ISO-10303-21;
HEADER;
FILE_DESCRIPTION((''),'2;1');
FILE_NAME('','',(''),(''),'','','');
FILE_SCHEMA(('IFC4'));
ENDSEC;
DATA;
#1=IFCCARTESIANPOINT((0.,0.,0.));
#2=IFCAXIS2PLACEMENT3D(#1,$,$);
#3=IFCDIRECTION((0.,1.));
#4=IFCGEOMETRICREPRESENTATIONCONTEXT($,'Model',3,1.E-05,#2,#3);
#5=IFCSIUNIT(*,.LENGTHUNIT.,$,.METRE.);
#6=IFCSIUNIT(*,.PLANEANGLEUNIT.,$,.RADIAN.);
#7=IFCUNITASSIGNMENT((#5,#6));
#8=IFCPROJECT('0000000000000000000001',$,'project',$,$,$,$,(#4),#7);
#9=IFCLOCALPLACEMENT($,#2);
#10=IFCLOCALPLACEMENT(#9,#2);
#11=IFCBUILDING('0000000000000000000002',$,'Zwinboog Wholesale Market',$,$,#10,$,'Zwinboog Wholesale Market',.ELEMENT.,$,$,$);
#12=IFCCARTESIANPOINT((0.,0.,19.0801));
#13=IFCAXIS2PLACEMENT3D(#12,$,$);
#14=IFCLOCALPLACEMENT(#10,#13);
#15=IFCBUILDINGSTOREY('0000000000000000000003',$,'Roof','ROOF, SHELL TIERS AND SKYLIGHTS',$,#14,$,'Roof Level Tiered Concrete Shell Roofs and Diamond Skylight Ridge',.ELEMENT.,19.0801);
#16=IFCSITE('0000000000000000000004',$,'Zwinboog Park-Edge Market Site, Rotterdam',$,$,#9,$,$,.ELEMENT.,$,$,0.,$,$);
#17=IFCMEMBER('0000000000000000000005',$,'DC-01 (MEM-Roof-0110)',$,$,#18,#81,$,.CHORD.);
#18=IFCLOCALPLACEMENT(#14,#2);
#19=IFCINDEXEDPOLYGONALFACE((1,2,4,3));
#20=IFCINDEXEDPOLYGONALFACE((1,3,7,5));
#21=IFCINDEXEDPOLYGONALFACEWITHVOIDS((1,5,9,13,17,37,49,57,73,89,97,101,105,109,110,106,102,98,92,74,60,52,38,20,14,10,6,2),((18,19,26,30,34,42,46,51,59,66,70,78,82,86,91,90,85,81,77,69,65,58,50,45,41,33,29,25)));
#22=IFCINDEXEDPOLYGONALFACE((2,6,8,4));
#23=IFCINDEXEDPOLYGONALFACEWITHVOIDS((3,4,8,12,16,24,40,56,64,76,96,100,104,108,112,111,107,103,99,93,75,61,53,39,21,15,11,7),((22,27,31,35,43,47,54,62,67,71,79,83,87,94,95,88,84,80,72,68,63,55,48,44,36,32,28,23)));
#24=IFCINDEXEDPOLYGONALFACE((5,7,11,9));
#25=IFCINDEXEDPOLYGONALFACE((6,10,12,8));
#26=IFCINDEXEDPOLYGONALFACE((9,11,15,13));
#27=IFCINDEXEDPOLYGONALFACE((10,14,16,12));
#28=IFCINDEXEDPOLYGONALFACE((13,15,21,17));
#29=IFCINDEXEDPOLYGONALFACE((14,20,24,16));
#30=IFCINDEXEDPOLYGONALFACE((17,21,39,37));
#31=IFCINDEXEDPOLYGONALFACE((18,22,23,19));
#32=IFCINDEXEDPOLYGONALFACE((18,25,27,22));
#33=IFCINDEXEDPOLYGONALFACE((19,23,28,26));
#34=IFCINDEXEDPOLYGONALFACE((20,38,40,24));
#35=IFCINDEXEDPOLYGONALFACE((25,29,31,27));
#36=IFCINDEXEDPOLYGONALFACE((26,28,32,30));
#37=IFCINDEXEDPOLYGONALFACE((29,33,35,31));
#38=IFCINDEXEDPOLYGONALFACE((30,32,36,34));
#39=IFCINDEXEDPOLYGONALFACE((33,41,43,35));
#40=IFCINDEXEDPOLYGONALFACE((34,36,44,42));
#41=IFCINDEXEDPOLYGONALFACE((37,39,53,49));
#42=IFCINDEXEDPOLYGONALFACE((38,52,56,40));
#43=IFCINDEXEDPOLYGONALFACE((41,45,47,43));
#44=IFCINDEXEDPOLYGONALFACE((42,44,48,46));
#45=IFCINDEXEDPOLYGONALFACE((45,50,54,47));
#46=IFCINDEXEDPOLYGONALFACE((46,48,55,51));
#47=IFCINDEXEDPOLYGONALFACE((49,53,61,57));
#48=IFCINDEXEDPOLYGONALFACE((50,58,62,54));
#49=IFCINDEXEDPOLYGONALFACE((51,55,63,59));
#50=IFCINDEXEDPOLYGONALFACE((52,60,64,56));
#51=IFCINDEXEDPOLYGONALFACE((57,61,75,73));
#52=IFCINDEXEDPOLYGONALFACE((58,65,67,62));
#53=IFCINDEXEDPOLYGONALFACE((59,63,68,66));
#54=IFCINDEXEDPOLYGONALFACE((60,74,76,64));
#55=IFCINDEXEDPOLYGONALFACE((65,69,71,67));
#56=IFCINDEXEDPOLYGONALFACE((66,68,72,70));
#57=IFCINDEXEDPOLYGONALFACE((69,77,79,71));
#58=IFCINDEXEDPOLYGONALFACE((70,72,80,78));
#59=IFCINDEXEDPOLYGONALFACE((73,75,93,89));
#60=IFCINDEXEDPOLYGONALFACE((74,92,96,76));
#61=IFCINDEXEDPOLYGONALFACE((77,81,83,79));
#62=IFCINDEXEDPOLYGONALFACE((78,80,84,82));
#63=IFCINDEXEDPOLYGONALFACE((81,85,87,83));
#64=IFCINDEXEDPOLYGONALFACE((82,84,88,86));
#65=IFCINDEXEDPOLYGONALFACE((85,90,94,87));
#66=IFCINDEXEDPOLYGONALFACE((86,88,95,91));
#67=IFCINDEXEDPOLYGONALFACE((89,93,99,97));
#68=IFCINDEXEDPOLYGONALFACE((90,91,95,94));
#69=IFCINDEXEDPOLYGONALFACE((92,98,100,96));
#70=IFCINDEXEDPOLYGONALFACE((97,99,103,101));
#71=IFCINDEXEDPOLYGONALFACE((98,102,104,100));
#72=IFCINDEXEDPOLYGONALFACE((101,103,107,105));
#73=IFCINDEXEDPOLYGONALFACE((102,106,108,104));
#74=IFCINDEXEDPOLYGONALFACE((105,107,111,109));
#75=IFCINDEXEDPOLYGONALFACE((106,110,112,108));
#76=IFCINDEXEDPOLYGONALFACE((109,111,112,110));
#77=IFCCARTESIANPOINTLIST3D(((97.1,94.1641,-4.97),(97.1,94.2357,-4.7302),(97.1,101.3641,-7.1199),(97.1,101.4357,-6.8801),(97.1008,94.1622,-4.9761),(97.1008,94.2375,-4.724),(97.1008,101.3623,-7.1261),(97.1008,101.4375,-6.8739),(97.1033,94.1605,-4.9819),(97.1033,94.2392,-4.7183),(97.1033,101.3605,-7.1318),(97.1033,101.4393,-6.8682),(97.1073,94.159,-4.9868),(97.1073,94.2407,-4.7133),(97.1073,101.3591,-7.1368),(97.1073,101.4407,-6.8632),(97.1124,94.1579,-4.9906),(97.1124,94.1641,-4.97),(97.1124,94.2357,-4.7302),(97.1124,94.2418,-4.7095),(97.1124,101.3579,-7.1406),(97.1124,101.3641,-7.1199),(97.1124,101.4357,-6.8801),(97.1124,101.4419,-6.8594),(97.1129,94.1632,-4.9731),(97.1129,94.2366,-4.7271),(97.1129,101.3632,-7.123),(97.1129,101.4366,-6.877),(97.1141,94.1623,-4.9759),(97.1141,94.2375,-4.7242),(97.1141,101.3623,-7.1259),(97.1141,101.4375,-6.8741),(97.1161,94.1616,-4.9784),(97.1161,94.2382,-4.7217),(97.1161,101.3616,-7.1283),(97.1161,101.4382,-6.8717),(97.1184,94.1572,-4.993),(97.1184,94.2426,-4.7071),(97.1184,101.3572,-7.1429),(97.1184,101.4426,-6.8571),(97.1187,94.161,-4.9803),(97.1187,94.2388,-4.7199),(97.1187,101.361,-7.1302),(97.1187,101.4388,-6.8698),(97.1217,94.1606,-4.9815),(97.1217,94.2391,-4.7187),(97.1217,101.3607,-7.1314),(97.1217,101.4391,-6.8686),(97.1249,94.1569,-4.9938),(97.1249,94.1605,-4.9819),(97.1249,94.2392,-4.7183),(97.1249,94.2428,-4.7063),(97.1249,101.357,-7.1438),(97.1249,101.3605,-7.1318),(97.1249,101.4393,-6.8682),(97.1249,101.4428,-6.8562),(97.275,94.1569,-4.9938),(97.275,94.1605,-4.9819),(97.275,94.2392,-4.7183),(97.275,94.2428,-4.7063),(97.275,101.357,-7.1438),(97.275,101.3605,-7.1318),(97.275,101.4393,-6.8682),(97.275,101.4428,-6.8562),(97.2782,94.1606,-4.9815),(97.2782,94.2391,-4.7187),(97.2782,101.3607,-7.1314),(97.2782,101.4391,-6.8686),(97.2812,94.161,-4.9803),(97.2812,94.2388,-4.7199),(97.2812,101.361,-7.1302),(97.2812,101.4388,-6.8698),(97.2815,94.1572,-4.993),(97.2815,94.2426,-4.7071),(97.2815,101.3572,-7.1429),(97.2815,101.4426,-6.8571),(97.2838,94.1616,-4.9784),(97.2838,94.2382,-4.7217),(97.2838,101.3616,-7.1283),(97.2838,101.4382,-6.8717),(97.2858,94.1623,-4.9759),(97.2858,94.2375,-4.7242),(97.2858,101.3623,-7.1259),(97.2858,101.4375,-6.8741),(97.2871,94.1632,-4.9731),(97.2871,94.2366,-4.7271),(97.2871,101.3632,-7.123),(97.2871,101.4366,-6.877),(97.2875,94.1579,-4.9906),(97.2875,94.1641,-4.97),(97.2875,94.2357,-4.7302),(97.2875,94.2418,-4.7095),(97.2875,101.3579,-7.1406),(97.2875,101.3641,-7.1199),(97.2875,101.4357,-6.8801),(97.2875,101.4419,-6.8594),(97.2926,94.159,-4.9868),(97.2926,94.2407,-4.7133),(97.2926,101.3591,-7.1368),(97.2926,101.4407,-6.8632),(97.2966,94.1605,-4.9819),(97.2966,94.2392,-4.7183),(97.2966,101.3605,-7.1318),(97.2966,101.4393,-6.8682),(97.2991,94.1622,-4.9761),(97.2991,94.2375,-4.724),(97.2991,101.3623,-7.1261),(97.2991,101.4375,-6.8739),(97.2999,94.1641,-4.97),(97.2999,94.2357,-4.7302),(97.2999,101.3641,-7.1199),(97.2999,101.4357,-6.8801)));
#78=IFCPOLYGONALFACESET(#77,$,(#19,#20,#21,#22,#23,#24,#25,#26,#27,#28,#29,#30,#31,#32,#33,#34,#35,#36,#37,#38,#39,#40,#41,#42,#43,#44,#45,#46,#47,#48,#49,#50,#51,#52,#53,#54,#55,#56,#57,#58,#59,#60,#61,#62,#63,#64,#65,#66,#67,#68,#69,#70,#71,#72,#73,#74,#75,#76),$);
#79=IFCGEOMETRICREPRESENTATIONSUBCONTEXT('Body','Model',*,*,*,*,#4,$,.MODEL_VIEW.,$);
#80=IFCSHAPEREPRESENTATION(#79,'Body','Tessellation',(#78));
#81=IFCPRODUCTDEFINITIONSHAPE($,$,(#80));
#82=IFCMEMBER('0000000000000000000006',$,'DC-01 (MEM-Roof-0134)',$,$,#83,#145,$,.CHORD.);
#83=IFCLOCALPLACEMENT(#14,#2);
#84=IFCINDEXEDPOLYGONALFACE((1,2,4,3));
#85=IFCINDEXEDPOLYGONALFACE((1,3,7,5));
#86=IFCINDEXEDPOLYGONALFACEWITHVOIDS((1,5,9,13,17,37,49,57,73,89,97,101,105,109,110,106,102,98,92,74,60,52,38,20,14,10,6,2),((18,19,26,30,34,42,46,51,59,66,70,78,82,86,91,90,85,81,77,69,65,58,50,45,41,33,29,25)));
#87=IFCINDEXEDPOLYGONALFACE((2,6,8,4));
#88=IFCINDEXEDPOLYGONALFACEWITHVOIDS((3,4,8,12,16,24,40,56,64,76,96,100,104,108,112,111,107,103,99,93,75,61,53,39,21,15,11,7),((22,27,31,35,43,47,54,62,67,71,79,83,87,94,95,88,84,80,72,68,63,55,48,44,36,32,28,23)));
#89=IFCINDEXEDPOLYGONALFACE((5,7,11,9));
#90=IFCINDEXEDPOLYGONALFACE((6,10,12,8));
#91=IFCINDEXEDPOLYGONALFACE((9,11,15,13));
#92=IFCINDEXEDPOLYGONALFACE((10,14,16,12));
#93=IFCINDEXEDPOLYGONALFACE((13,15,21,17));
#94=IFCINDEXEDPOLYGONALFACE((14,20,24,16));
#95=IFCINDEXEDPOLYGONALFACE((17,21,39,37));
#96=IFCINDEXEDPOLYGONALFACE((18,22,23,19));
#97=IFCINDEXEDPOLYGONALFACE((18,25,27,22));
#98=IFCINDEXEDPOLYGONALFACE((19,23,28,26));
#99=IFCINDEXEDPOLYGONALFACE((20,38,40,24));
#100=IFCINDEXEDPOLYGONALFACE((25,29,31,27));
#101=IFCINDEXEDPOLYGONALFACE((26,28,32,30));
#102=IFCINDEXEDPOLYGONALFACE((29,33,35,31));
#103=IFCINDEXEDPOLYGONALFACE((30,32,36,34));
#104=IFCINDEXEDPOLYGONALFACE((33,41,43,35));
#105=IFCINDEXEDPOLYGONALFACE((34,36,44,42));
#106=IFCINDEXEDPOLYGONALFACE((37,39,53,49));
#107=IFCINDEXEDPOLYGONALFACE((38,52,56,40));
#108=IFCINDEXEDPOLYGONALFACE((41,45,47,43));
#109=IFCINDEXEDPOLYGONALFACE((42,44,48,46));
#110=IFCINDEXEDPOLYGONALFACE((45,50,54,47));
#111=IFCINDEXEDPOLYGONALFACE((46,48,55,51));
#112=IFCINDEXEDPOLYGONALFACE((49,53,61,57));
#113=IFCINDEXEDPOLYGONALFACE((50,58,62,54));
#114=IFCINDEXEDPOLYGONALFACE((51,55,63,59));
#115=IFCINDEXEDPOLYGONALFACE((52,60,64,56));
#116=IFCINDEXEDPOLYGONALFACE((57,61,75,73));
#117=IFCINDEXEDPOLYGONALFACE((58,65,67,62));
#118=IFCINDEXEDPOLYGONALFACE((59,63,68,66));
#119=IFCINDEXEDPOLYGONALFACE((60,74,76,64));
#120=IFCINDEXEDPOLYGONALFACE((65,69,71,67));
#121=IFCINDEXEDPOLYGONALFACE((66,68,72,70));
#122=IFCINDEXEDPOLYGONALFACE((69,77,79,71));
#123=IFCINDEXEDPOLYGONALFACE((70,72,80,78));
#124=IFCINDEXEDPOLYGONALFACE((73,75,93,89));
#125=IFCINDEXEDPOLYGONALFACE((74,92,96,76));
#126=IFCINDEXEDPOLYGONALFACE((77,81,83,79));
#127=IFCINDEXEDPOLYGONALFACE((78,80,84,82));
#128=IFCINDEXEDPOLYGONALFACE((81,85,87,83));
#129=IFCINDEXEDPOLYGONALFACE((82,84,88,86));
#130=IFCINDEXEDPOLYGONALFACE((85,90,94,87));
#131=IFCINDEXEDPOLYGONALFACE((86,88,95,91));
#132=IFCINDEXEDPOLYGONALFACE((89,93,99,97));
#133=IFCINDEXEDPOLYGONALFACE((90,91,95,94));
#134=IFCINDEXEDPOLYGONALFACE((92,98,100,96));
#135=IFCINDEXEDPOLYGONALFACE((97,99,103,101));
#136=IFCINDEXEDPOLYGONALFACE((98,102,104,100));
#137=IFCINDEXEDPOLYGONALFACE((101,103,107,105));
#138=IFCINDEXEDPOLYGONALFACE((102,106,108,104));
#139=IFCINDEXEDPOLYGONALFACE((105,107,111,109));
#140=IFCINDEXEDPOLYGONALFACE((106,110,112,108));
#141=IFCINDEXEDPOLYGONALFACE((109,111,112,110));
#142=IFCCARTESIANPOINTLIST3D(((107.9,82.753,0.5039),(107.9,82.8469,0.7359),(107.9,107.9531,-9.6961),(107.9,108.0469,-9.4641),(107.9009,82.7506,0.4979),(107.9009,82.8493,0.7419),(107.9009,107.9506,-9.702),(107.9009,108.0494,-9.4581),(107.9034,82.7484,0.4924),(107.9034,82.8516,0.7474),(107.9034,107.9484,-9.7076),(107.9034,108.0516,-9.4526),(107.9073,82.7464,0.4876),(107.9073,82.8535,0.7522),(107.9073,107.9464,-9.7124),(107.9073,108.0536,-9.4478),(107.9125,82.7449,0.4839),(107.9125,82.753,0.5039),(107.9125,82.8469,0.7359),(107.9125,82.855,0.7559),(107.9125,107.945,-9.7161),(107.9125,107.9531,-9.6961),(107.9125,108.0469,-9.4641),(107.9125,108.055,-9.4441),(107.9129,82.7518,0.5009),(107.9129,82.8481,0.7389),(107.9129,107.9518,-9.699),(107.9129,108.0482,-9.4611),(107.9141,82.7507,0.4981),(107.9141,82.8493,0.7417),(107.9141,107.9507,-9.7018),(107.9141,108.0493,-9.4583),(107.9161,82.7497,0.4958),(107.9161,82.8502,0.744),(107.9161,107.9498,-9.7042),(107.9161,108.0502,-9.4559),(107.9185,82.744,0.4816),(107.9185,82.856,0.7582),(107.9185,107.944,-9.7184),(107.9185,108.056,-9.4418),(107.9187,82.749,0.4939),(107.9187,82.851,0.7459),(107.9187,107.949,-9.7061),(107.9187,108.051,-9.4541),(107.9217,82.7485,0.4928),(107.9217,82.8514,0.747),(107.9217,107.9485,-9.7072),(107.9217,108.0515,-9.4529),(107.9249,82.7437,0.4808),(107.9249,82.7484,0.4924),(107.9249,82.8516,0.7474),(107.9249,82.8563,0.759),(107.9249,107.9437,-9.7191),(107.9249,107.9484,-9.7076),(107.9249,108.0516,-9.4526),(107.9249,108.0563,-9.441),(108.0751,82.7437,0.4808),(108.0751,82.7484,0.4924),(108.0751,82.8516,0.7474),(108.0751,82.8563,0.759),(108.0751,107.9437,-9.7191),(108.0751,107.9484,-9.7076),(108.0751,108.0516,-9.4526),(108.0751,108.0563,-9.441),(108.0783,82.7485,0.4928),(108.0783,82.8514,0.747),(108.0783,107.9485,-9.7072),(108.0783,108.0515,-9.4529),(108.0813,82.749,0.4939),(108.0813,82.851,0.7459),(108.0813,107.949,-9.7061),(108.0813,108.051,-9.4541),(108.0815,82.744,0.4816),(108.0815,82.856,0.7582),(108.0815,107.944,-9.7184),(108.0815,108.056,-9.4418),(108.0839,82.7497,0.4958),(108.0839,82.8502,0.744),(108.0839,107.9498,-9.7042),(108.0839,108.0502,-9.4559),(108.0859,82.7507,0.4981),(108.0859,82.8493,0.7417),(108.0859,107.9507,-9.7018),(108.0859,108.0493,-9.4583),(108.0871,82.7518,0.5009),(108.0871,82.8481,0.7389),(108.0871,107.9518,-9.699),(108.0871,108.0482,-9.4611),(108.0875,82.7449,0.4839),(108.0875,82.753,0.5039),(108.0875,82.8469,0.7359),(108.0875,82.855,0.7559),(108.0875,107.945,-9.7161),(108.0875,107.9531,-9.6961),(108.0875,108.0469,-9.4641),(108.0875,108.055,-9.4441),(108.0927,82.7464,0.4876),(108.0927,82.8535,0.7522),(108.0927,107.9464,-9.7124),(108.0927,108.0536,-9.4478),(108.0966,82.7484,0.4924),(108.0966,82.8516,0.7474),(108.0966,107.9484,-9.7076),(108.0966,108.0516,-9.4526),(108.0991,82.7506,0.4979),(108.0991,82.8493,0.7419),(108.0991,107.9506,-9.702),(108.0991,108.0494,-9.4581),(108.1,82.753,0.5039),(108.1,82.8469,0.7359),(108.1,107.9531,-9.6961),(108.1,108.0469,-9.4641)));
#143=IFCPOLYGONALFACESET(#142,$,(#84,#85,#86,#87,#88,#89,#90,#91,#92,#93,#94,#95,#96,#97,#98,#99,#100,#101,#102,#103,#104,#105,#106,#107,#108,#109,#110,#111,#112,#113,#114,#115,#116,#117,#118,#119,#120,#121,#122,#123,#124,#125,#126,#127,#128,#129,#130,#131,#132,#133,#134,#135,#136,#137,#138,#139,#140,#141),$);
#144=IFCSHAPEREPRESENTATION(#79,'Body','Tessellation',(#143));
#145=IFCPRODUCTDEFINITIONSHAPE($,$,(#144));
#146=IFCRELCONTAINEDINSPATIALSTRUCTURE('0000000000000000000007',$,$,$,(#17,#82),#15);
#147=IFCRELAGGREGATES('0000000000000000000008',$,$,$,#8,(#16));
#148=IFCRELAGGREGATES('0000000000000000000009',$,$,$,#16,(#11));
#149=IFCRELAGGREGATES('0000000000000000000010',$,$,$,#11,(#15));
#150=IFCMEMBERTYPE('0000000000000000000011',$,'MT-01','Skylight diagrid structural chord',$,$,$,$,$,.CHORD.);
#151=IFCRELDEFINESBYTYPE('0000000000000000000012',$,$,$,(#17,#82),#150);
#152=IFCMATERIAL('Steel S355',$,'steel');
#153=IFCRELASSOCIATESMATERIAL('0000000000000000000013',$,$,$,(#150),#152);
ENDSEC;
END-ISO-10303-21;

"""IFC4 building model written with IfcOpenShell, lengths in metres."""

from ifc_helpers import new_model, si_unit, direction, frame, origin, origin_2d, place, context, subcontext, project, spatial, hollow_rectangle, extrude, material, material_profile, profile_set, type_object, element, save


model = new_model("IFC4")

# Units and contexts
model_context = context("Model", 3, precision=1e-05, world=origin(), true_north=direction((0.0, 1.0)))
body_context = subcontext(model_context, "Body", "Model", "MODEL_VIEW")
ifc_project = project(units=[si_unit("LENGTHUNIT", "METRE"), si_unit("PLANEANGLEUNIT", "RADIAN")], contexts=[model_context])

# Site, building, storey
site_placement = place(None, origin())
site = spatial("IfcSite", under=ifc_project, at=site_placement, Name="Zwinboog Park-Edge Market Site, Rotterdam", CompositionType="ELEMENT", RefElevation=0.0)
building_placement = place(site_placement, origin())
building = spatial("IfcBuilding", under=site, at=building_placement, Name="Zwinboog Wholesale Market", LongName="Zwinboog Wholesale Market", CompositionType="ELEMENT")
storey_placement = place(building_placement, frame((0.0, 0.0, 19.0801)))
storey = spatial("IfcBuildingStorey", under=building, at=storey_placement, Name="Roof", Description="ROOF, SHELL TIERS AND SKYLIGHTS", LongName="Roof Level Tiered Concrete Shell Roofs and Diamond Skylight Ridge", CompositionType="ELEMENT", Elevation=19.0801)

# Members
ifc_material_1 = material(Name="Steel S355", Category="steel")
ifc_material_profile_1 = material_profile(ifc_material_1, hollow_rectangle(XDim=0.2, YDim=0.3, WallThickness=0.0125, InnerFilletRadius=0.0125, OuterFilletRadius=0.0249, at=origin_2d()), Name="RHS 300x200x12.5")
ifc_profile_set_1 = profile_set([ifc_material_profile_1], Name="Steel S355")
member_type_1 = type_object("IfcMemberType", Name="MT-01", Description="Skylight diagrid structural chord", PredefinedType="CHORD", material=ifc_profile_set_1)
for number, where, z_axis, x_axis, name in (
    (1, (97.2, 101.3999, -7.0), (0.0, -0.958195, 0.286117), (1.0, 0.0, 0.0), "DC-01 (MEM-Roof-0110)"),
):
    element("IfcMember", number, at=place(storey_placement, frame(where, z_axis=z_axis, x_axis=x_axis)), inside=storey, type_object=member_type_1, Name=name, PredefinedType="CHORD", context=body_context, shape_type="SweptSolid", body=[
        extrude(hollow_rectangle(XDim=0.2, YDim=0.3, WallThickness=0.0125, InnerFilletRadius=0.0125, OuterFilletRadius=0.0249, at=origin_2d()), origin(), (0.0, 0.0, 1.0), 7.5142),
    ])
member_1_placement = place(storey_placement, frame((108.0, 108.0, -9.5801), z_axis=(0.0, -0.926947, 0.375192), x_axis=(1.0, 0.0, 0.0)))
element("IfcMember", 2, at=member_1_placement, inside=storey, type_object=member_type_1, Name="DC-01 (MEM-Roof-0134)", PredefinedType="CHORD", context=body_context, shape_type="SweptSolid", body=[
    extrude(hollow_rectangle(XDim=0.2, YDim=0.3, WallThickness=0.0125, InnerFilletRadius=0.0125, OuterFilletRadius=0.0249, at=origin_2d()), origin(), (0.0, 0.0, 1.0), 27.186),
])

save(model, "model.ifc")
